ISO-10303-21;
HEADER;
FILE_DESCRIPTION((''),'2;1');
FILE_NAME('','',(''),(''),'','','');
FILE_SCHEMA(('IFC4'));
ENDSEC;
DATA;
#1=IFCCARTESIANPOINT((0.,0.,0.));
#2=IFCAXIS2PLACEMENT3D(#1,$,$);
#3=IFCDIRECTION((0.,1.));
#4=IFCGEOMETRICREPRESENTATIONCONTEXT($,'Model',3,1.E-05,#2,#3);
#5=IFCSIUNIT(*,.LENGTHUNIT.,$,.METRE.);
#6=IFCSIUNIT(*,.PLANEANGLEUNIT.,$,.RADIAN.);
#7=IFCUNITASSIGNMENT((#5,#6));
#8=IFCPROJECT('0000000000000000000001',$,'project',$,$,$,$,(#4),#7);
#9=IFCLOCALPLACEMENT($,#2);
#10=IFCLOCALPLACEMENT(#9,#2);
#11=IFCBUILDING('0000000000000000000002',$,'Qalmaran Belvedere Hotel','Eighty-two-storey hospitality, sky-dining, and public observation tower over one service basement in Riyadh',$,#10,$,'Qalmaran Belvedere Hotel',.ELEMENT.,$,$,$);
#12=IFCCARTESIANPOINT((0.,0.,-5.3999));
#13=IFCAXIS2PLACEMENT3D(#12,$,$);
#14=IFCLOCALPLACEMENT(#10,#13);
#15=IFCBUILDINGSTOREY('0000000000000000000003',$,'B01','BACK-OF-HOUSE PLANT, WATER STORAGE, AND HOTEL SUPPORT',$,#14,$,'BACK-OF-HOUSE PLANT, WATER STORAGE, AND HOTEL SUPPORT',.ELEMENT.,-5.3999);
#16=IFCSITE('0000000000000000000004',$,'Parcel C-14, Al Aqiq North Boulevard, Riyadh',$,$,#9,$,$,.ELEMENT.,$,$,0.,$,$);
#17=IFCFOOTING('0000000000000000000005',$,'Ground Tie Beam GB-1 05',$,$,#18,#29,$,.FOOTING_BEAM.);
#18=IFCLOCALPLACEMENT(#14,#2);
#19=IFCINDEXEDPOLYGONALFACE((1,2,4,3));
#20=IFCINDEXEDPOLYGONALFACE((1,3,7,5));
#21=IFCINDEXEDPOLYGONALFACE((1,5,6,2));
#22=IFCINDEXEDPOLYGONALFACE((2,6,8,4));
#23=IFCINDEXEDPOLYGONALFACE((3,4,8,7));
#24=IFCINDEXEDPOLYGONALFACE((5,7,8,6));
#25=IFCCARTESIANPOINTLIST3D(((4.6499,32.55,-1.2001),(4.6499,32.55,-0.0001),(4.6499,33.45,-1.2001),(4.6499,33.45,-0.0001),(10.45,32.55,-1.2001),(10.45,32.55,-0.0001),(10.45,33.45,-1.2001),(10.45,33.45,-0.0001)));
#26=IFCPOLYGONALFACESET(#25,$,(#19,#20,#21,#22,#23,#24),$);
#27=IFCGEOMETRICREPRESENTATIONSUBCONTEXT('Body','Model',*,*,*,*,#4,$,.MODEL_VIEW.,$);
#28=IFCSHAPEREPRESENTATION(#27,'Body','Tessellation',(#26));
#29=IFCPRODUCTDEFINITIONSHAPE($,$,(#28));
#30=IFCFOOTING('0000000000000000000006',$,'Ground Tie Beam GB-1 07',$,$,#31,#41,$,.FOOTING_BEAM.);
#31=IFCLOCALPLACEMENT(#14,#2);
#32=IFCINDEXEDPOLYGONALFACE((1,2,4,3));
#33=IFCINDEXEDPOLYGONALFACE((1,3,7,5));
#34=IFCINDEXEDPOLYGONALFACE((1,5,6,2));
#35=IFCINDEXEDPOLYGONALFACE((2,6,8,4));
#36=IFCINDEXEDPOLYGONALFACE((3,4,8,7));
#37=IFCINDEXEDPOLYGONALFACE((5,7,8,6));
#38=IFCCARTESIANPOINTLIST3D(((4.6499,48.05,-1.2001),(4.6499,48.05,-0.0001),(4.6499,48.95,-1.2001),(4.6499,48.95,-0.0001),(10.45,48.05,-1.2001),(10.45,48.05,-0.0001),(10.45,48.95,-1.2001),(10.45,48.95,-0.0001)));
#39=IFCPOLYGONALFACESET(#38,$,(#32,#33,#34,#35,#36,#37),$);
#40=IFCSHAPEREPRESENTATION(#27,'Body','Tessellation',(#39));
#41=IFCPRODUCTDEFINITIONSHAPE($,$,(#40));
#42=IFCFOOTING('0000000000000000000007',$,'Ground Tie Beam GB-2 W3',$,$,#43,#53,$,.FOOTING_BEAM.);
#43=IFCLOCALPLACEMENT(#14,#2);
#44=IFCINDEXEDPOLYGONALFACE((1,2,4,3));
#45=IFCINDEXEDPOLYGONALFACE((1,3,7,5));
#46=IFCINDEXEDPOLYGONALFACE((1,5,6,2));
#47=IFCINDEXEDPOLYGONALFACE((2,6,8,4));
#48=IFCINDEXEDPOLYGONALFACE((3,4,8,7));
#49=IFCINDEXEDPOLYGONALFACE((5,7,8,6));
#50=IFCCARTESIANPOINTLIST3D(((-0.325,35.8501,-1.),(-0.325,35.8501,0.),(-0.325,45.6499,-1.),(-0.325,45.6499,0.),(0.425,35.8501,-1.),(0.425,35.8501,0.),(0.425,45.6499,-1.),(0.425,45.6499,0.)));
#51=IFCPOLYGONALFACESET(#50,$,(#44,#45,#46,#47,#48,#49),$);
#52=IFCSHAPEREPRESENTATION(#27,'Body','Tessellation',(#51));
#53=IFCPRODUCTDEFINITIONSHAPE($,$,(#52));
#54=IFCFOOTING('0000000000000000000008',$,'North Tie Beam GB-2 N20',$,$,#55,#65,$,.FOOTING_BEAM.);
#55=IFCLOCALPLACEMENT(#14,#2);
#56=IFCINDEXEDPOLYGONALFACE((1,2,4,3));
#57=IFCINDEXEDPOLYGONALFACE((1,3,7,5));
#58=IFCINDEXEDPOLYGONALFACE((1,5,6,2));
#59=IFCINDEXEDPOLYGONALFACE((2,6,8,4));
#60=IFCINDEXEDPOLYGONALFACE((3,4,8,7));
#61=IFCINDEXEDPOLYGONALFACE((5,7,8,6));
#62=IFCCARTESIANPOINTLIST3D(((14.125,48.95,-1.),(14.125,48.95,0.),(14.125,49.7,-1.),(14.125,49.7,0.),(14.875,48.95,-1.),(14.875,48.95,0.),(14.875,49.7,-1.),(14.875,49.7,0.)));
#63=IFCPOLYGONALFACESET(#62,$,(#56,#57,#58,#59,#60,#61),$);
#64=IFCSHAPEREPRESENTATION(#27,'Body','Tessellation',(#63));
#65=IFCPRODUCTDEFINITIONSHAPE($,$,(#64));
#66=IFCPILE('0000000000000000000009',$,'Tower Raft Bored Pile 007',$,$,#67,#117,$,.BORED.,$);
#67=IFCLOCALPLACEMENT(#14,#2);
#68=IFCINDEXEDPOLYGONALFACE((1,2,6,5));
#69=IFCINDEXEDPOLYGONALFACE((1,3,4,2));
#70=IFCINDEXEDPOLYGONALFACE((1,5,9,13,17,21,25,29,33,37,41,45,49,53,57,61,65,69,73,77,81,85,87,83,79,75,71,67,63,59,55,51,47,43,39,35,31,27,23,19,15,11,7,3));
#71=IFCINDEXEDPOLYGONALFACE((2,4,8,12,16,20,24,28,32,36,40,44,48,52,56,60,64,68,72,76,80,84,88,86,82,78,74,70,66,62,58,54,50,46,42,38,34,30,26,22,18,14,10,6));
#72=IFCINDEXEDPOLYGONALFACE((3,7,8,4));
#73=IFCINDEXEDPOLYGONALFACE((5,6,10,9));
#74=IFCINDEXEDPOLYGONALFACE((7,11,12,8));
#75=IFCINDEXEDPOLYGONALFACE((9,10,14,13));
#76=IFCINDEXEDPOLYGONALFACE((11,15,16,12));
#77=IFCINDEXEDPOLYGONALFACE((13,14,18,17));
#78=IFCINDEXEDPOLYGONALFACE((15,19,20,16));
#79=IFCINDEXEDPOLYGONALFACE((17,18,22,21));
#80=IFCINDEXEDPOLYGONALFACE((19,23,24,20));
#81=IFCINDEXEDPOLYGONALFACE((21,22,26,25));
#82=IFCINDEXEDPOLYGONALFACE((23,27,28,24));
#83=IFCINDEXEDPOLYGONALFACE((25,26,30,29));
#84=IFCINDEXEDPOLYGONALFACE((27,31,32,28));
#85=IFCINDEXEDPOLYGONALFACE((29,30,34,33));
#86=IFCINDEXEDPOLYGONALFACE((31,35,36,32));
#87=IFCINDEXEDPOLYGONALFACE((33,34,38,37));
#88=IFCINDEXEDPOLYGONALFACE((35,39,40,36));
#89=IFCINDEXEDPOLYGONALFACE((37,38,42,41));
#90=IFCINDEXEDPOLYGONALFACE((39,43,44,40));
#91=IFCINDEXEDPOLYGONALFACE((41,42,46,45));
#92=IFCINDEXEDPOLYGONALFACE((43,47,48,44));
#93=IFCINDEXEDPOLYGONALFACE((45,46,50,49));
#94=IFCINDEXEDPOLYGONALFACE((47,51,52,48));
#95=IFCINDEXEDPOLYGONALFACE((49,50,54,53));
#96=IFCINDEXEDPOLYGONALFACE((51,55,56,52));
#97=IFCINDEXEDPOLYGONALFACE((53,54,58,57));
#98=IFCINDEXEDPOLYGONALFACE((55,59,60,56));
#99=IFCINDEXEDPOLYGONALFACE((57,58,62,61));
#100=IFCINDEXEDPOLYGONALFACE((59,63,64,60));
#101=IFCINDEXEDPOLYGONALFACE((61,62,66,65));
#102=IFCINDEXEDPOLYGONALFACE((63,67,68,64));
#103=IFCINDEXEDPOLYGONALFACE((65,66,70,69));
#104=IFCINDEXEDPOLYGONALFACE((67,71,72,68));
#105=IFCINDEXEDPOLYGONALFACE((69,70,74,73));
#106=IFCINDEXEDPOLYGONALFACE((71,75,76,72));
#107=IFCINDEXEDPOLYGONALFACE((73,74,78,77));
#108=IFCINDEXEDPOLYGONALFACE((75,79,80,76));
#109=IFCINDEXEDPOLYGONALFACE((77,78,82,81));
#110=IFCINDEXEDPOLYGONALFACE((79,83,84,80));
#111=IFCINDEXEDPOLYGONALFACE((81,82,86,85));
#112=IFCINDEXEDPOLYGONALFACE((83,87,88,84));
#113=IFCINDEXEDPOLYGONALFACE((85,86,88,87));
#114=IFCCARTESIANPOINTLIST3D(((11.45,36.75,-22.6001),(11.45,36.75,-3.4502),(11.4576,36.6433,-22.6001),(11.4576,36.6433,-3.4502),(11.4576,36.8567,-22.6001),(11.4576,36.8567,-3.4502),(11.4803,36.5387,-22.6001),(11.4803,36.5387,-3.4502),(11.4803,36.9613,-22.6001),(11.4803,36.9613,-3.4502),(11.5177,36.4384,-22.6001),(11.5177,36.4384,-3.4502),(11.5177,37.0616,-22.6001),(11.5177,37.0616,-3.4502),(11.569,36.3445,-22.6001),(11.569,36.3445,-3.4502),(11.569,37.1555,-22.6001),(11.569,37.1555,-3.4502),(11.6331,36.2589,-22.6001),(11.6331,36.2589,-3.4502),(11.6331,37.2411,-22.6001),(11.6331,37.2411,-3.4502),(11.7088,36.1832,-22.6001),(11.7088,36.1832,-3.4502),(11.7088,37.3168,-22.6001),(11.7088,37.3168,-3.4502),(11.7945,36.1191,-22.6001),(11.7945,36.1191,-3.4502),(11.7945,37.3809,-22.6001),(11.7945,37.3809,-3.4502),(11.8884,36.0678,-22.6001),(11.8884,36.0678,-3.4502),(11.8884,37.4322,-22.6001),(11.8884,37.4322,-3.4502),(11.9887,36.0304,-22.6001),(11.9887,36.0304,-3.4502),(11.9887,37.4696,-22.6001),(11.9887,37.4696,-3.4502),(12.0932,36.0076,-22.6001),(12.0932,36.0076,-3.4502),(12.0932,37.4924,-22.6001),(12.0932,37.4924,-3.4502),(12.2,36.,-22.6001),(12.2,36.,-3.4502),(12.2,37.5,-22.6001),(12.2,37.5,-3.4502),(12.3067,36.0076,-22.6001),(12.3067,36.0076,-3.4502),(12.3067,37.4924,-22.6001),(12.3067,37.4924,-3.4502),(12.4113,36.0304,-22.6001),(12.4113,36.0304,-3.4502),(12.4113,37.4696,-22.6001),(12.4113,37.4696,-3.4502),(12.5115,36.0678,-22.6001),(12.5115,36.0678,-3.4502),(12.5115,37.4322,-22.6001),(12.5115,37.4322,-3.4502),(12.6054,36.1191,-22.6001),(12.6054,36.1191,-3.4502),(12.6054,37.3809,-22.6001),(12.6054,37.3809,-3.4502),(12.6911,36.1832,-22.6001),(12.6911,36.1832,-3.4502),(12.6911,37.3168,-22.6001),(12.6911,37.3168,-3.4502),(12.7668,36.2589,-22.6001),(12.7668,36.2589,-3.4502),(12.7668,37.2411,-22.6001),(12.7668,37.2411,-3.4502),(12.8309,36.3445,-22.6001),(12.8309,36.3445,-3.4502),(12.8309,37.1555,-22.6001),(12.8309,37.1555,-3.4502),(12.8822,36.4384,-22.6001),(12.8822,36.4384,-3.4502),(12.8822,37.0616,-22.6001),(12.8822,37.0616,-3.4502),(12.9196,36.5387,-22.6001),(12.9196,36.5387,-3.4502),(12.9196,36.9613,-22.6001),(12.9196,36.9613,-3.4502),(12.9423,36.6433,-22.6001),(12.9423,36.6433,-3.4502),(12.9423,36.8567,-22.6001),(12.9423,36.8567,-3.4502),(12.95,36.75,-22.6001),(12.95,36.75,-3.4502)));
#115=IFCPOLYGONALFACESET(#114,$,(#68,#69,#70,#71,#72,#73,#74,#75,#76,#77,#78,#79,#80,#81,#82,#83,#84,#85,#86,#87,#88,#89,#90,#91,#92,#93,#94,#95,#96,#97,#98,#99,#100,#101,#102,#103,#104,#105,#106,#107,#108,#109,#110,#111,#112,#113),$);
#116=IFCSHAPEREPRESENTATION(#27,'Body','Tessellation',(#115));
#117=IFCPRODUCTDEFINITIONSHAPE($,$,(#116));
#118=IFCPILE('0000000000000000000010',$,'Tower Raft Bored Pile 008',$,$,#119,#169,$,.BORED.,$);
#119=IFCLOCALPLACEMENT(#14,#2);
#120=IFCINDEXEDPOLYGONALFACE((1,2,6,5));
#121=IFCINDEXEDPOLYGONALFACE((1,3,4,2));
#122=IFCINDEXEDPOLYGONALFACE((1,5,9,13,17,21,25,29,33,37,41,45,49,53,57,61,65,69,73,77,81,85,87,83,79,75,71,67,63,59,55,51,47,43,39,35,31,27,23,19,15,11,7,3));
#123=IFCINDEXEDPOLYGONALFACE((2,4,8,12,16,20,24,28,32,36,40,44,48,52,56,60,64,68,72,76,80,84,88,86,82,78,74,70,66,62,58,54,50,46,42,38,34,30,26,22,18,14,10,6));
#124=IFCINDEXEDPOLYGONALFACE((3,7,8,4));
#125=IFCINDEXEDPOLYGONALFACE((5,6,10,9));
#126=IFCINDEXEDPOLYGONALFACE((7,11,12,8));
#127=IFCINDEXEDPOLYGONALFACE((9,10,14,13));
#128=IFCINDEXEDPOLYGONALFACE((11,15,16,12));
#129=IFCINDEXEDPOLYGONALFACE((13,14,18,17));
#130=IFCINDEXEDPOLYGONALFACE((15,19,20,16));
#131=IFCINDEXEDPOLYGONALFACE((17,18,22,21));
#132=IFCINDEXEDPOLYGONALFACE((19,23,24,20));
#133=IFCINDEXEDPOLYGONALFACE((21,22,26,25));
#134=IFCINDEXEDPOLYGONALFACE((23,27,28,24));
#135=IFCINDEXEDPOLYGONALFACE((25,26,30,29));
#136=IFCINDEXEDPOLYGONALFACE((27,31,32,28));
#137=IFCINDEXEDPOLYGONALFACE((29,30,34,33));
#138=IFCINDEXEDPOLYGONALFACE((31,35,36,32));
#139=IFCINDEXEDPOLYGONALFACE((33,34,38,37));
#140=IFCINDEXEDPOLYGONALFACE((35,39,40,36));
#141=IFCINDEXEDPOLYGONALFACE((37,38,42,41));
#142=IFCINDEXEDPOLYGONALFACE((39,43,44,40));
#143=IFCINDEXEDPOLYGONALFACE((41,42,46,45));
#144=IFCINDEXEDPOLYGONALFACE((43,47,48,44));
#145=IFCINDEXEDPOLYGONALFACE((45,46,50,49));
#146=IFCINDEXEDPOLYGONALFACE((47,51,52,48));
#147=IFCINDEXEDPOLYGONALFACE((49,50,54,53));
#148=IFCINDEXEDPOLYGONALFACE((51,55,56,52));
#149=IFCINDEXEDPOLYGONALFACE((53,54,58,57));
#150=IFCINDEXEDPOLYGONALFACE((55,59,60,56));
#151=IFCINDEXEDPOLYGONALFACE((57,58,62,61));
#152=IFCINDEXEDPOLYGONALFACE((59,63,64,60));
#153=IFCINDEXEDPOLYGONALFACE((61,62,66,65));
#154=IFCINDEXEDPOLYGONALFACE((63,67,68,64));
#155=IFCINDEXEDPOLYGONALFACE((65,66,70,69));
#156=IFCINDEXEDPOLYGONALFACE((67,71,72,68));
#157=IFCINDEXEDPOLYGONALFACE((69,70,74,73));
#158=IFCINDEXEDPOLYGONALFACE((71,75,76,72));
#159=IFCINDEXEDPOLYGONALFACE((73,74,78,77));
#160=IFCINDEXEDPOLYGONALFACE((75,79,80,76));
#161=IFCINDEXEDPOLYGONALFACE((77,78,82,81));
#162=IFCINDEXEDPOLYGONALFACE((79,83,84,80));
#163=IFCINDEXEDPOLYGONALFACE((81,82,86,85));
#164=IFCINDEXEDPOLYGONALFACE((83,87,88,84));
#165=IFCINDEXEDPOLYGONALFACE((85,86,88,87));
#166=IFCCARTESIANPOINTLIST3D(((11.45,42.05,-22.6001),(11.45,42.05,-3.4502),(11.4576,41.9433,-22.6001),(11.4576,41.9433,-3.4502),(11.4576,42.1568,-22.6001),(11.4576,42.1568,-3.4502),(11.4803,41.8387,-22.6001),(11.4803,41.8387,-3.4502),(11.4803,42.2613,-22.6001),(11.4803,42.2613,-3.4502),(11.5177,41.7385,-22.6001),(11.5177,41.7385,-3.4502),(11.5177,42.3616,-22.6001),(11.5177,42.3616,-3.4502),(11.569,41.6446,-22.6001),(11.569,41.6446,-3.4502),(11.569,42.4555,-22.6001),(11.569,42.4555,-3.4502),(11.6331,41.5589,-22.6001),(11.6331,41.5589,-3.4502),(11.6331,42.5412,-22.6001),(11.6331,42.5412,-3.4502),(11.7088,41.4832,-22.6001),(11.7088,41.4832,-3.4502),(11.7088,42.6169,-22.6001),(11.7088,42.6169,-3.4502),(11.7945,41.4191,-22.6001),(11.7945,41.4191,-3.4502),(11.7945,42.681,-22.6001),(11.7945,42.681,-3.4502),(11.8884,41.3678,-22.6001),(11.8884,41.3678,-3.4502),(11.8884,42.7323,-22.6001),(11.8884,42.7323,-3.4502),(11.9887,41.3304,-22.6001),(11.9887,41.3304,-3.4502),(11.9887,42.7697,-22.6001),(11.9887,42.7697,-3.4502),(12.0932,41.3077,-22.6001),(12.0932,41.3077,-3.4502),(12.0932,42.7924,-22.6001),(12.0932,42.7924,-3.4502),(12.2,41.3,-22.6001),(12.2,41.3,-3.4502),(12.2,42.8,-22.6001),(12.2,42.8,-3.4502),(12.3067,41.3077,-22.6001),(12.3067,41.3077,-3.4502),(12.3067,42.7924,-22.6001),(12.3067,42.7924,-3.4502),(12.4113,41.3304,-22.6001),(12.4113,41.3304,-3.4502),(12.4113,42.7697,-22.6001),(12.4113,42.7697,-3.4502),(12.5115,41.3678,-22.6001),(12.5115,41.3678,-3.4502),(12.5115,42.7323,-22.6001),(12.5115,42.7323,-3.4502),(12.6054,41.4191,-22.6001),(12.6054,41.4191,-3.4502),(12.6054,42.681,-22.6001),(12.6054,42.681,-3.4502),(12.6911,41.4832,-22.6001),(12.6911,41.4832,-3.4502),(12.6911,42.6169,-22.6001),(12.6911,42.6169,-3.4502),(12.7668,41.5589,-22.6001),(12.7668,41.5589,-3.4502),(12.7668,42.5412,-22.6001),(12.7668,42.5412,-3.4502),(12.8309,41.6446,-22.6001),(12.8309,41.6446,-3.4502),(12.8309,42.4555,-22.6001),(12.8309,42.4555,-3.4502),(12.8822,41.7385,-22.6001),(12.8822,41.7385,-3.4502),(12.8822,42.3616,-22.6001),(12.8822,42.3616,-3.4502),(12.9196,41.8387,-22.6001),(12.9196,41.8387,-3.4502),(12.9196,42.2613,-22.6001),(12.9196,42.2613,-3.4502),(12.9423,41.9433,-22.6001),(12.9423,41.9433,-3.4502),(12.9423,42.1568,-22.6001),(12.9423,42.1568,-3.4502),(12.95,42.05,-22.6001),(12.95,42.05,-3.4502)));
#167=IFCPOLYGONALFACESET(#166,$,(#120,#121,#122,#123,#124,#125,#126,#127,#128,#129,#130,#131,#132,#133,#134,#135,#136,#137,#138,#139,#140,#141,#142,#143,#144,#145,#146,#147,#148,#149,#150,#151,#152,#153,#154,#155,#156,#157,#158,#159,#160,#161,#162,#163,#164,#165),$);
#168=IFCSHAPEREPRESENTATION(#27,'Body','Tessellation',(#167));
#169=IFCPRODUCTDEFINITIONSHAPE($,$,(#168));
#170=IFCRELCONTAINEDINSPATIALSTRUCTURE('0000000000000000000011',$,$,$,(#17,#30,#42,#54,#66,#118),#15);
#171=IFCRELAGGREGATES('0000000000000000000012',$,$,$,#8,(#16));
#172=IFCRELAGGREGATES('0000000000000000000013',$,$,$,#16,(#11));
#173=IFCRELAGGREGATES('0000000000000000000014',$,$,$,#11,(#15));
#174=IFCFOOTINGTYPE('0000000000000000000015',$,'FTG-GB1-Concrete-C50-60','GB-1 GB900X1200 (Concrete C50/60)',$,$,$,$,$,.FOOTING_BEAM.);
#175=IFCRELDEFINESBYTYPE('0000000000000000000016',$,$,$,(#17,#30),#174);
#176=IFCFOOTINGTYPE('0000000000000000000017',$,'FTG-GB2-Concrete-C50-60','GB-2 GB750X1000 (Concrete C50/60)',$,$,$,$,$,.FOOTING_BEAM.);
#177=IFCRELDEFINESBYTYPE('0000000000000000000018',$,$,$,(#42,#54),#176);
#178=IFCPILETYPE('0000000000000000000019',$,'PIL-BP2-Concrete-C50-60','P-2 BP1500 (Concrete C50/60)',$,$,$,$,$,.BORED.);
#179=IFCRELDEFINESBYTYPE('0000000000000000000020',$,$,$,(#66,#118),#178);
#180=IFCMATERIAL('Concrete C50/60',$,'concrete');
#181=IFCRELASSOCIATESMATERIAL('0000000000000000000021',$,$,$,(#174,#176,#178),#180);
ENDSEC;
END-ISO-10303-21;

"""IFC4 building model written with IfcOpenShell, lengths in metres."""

from ifc_helpers import new_model, si_unit, direction, frame, origin, origin_2d, place, context, subcontext, project, spatial, rectangle, circle, extrude, material, material_profile, profile_set, type_object, element, save


model = new_model("IFC4")

# Units and contexts
model_context = context("Model", 3, precision=1e-05, world=origin(), true_north=direction((0.0, 1.0)))
body_context = subcontext(model_context, "Body", "Model", "MODEL_VIEW")
ifc_project = project(units=[si_unit("LENGTHUNIT", "METRE"), si_unit("PLANEANGLEUNIT", "RADIAN")], contexts=[model_context])

# Site, building, storey
site_placement = place(None, origin())
site = spatial("IfcSite", under=ifc_project, at=site_placement, Name="Parcel C-14, Al Aqiq North Boulevard, Riyadh", CompositionType="ELEMENT", RefElevation=0.0)
building_placement = place(site_placement, origin())
building = spatial("IfcBuilding", under=site, at=building_placement, Name="Qalmaran Belvedere Hotel", Description="Eighty-two-storey hospitality, sky-dining, and public observation tower over one service basement in Riyadh", LongName="Qalmaran Belvedere Hotel", CompositionType="ELEMENT")
storey_placement = place(building_placement, frame((0.0, 0.0, -5.3999)))
storey = spatial("IfcBuildingStorey", under=building, at=storey_placement, Name="B01", Description="BACK-OF-HOUSE PLANT, WATER STORAGE, AND HOTEL SUPPORT", LongName="BACK-OF-HOUSE PLANT, WATER STORAGE, AND HOTEL SUPPORT", CompositionType="ELEMENT", Elevation=-5.3999)

# Footings
ifc_material_1 = material(Name="Concrete C50/60", Category="concrete")
ifc_material_profile_1 = material_profile(ifc_material_1, rectangle(XDim=0.8999, YDim=1.2, at=origin_2d()), Name="GB900X1200")
ifc_profile_set_1 = profile_set([ifc_material_profile_1], Name="Concrete C50/60")
footing_type_1 = type_object("IfcFootingType", Name="FTG-GB1-Concrete-C50-60", Description="GB-1 GB900X1200 (Concrete C50/60)", PredefinedType="FOOTING_BEAM", material=ifc_profile_set_1)
for number, where, z_axis, x_axis, name in (
    (1, (4.6499, 33.0, -0.6001), (1.0, 0.0, 0.0), (0.0, 1.0, 0.0), "Ground Tie Beam GB-1 05"),
    (2, (4.6499, 48.5, -0.6001), (1.0, 0.0, 0.0), (0.0, 1.0, 0.0), "Ground Tie Beam GB-1 07"),
):
    element("IfcFooting", number, at=place(storey_placement, frame(where, z_axis=z_axis, x_axis=x_axis)), inside=storey, type_object=footing_type_1, Name=name, PredefinedType="FOOTING_BEAM", context=body_context, shape_type="SweptSolid", body=[
        extrude(rectangle(XDim=0.8999, YDim=1.2, at=origin_2d()), origin(), (0.0, 0.0, 1.0), 5.8),
    ])
ifc_material_profile_2 = material_profile(ifc_material_1, rectangle(XDim=0.75, YDim=1.0, at=origin_2d()), Name="GB750X1000")
ifc_profile_set_2 = profile_set([ifc_material_profile_2], Name="Concrete C50/60")
footing_type_2 = type_object("IfcFootingType", Name="FTG-GB2-Concrete-C50-60", Description="GB-2 GB750X1000 (Concrete C50/60)", PredefinedType="FOOTING_BEAM", material=ifc_profile_set_2)
footing_1_placement = place(storey_placement, frame((0.05, 35.8501, -0.5), z_axis=(0.0, 1.0, 0.0), x_axis=(-1.0, 0.0, 0.0)))
element("IfcFooting", 3, at=footing_1_placement, inside=storey, type_object=footing_type_2, Name="Ground Tie Beam GB-2 W3", PredefinedType="FOOTING_BEAM", context=body_context, shape_type="SweptSolid", body=[
    extrude(rectangle(XDim=0.75, YDim=1.0, at=origin_2d()), origin(), (0.0, 0.0, 1.0), 9.7998),
])
footing_2_placement = place(storey_placement, frame((14.5, 48.95, -0.5), z_axis=(0.0, 1.0, 0.0), x_axis=(-1.0, 0.0, 0.0)))
element("IfcFooting", 4, at=footing_2_placement, inside=storey, type_object=footing_type_2, Name="North Tie Beam GB-2 N20", PredefinedType="FOOTING_BEAM", context=body_context, shape_type="SweptSolid", body=[
    extrude(rectangle(XDim=0.75, YDim=1.0, at=origin_2d()), origin(), (0.0, 0.0, 1.0), 0.75),
])

# Piles
ifc_material_profile_3 = material_profile(ifc_material_1, circle(Radius=0.75, at=origin_2d()), Name="BP1500")
ifc_profile_set_3 = profile_set([ifc_material_profile_3], Name="Concrete C50/60")
pile_type_1 = type_object("IfcPileType", Name="PIL-BP2-Concrete-C50-60", Description="P-2 BP1500 (Concrete C50/60)", PredefinedType="BORED", material=ifc_profile_set_3)
for number, where, z_axis, x_axis, name in (
    (5, (12.2, 36.75, -3.4502), (0.0, 0.0, -1.0), (1.0, 0.0, 0.0), "Tower Raft Bored Pile 007"),
    (6, (12.2, 42.05, -3.4502), (0.0, 0.0, -1.0), (1.0, 0.0, 0.0), "Tower Raft Bored Pile 008"),
):
    element("IfcPile", number, at=place(storey_placement, frame(where, z_axis=z_axis, x_axis=x_axis)), inside=storey, type_object=pile_type_1, Name=name, PredefinedType="BORED", context=body_context, shape_type="SweptSolid", body=[
        extrude(circle(Radius=0.75, at=origin_2d()), origin(), (0.0, 0.0, 1.0), 19.1499),
    ])

save(model, "model.ifc")
